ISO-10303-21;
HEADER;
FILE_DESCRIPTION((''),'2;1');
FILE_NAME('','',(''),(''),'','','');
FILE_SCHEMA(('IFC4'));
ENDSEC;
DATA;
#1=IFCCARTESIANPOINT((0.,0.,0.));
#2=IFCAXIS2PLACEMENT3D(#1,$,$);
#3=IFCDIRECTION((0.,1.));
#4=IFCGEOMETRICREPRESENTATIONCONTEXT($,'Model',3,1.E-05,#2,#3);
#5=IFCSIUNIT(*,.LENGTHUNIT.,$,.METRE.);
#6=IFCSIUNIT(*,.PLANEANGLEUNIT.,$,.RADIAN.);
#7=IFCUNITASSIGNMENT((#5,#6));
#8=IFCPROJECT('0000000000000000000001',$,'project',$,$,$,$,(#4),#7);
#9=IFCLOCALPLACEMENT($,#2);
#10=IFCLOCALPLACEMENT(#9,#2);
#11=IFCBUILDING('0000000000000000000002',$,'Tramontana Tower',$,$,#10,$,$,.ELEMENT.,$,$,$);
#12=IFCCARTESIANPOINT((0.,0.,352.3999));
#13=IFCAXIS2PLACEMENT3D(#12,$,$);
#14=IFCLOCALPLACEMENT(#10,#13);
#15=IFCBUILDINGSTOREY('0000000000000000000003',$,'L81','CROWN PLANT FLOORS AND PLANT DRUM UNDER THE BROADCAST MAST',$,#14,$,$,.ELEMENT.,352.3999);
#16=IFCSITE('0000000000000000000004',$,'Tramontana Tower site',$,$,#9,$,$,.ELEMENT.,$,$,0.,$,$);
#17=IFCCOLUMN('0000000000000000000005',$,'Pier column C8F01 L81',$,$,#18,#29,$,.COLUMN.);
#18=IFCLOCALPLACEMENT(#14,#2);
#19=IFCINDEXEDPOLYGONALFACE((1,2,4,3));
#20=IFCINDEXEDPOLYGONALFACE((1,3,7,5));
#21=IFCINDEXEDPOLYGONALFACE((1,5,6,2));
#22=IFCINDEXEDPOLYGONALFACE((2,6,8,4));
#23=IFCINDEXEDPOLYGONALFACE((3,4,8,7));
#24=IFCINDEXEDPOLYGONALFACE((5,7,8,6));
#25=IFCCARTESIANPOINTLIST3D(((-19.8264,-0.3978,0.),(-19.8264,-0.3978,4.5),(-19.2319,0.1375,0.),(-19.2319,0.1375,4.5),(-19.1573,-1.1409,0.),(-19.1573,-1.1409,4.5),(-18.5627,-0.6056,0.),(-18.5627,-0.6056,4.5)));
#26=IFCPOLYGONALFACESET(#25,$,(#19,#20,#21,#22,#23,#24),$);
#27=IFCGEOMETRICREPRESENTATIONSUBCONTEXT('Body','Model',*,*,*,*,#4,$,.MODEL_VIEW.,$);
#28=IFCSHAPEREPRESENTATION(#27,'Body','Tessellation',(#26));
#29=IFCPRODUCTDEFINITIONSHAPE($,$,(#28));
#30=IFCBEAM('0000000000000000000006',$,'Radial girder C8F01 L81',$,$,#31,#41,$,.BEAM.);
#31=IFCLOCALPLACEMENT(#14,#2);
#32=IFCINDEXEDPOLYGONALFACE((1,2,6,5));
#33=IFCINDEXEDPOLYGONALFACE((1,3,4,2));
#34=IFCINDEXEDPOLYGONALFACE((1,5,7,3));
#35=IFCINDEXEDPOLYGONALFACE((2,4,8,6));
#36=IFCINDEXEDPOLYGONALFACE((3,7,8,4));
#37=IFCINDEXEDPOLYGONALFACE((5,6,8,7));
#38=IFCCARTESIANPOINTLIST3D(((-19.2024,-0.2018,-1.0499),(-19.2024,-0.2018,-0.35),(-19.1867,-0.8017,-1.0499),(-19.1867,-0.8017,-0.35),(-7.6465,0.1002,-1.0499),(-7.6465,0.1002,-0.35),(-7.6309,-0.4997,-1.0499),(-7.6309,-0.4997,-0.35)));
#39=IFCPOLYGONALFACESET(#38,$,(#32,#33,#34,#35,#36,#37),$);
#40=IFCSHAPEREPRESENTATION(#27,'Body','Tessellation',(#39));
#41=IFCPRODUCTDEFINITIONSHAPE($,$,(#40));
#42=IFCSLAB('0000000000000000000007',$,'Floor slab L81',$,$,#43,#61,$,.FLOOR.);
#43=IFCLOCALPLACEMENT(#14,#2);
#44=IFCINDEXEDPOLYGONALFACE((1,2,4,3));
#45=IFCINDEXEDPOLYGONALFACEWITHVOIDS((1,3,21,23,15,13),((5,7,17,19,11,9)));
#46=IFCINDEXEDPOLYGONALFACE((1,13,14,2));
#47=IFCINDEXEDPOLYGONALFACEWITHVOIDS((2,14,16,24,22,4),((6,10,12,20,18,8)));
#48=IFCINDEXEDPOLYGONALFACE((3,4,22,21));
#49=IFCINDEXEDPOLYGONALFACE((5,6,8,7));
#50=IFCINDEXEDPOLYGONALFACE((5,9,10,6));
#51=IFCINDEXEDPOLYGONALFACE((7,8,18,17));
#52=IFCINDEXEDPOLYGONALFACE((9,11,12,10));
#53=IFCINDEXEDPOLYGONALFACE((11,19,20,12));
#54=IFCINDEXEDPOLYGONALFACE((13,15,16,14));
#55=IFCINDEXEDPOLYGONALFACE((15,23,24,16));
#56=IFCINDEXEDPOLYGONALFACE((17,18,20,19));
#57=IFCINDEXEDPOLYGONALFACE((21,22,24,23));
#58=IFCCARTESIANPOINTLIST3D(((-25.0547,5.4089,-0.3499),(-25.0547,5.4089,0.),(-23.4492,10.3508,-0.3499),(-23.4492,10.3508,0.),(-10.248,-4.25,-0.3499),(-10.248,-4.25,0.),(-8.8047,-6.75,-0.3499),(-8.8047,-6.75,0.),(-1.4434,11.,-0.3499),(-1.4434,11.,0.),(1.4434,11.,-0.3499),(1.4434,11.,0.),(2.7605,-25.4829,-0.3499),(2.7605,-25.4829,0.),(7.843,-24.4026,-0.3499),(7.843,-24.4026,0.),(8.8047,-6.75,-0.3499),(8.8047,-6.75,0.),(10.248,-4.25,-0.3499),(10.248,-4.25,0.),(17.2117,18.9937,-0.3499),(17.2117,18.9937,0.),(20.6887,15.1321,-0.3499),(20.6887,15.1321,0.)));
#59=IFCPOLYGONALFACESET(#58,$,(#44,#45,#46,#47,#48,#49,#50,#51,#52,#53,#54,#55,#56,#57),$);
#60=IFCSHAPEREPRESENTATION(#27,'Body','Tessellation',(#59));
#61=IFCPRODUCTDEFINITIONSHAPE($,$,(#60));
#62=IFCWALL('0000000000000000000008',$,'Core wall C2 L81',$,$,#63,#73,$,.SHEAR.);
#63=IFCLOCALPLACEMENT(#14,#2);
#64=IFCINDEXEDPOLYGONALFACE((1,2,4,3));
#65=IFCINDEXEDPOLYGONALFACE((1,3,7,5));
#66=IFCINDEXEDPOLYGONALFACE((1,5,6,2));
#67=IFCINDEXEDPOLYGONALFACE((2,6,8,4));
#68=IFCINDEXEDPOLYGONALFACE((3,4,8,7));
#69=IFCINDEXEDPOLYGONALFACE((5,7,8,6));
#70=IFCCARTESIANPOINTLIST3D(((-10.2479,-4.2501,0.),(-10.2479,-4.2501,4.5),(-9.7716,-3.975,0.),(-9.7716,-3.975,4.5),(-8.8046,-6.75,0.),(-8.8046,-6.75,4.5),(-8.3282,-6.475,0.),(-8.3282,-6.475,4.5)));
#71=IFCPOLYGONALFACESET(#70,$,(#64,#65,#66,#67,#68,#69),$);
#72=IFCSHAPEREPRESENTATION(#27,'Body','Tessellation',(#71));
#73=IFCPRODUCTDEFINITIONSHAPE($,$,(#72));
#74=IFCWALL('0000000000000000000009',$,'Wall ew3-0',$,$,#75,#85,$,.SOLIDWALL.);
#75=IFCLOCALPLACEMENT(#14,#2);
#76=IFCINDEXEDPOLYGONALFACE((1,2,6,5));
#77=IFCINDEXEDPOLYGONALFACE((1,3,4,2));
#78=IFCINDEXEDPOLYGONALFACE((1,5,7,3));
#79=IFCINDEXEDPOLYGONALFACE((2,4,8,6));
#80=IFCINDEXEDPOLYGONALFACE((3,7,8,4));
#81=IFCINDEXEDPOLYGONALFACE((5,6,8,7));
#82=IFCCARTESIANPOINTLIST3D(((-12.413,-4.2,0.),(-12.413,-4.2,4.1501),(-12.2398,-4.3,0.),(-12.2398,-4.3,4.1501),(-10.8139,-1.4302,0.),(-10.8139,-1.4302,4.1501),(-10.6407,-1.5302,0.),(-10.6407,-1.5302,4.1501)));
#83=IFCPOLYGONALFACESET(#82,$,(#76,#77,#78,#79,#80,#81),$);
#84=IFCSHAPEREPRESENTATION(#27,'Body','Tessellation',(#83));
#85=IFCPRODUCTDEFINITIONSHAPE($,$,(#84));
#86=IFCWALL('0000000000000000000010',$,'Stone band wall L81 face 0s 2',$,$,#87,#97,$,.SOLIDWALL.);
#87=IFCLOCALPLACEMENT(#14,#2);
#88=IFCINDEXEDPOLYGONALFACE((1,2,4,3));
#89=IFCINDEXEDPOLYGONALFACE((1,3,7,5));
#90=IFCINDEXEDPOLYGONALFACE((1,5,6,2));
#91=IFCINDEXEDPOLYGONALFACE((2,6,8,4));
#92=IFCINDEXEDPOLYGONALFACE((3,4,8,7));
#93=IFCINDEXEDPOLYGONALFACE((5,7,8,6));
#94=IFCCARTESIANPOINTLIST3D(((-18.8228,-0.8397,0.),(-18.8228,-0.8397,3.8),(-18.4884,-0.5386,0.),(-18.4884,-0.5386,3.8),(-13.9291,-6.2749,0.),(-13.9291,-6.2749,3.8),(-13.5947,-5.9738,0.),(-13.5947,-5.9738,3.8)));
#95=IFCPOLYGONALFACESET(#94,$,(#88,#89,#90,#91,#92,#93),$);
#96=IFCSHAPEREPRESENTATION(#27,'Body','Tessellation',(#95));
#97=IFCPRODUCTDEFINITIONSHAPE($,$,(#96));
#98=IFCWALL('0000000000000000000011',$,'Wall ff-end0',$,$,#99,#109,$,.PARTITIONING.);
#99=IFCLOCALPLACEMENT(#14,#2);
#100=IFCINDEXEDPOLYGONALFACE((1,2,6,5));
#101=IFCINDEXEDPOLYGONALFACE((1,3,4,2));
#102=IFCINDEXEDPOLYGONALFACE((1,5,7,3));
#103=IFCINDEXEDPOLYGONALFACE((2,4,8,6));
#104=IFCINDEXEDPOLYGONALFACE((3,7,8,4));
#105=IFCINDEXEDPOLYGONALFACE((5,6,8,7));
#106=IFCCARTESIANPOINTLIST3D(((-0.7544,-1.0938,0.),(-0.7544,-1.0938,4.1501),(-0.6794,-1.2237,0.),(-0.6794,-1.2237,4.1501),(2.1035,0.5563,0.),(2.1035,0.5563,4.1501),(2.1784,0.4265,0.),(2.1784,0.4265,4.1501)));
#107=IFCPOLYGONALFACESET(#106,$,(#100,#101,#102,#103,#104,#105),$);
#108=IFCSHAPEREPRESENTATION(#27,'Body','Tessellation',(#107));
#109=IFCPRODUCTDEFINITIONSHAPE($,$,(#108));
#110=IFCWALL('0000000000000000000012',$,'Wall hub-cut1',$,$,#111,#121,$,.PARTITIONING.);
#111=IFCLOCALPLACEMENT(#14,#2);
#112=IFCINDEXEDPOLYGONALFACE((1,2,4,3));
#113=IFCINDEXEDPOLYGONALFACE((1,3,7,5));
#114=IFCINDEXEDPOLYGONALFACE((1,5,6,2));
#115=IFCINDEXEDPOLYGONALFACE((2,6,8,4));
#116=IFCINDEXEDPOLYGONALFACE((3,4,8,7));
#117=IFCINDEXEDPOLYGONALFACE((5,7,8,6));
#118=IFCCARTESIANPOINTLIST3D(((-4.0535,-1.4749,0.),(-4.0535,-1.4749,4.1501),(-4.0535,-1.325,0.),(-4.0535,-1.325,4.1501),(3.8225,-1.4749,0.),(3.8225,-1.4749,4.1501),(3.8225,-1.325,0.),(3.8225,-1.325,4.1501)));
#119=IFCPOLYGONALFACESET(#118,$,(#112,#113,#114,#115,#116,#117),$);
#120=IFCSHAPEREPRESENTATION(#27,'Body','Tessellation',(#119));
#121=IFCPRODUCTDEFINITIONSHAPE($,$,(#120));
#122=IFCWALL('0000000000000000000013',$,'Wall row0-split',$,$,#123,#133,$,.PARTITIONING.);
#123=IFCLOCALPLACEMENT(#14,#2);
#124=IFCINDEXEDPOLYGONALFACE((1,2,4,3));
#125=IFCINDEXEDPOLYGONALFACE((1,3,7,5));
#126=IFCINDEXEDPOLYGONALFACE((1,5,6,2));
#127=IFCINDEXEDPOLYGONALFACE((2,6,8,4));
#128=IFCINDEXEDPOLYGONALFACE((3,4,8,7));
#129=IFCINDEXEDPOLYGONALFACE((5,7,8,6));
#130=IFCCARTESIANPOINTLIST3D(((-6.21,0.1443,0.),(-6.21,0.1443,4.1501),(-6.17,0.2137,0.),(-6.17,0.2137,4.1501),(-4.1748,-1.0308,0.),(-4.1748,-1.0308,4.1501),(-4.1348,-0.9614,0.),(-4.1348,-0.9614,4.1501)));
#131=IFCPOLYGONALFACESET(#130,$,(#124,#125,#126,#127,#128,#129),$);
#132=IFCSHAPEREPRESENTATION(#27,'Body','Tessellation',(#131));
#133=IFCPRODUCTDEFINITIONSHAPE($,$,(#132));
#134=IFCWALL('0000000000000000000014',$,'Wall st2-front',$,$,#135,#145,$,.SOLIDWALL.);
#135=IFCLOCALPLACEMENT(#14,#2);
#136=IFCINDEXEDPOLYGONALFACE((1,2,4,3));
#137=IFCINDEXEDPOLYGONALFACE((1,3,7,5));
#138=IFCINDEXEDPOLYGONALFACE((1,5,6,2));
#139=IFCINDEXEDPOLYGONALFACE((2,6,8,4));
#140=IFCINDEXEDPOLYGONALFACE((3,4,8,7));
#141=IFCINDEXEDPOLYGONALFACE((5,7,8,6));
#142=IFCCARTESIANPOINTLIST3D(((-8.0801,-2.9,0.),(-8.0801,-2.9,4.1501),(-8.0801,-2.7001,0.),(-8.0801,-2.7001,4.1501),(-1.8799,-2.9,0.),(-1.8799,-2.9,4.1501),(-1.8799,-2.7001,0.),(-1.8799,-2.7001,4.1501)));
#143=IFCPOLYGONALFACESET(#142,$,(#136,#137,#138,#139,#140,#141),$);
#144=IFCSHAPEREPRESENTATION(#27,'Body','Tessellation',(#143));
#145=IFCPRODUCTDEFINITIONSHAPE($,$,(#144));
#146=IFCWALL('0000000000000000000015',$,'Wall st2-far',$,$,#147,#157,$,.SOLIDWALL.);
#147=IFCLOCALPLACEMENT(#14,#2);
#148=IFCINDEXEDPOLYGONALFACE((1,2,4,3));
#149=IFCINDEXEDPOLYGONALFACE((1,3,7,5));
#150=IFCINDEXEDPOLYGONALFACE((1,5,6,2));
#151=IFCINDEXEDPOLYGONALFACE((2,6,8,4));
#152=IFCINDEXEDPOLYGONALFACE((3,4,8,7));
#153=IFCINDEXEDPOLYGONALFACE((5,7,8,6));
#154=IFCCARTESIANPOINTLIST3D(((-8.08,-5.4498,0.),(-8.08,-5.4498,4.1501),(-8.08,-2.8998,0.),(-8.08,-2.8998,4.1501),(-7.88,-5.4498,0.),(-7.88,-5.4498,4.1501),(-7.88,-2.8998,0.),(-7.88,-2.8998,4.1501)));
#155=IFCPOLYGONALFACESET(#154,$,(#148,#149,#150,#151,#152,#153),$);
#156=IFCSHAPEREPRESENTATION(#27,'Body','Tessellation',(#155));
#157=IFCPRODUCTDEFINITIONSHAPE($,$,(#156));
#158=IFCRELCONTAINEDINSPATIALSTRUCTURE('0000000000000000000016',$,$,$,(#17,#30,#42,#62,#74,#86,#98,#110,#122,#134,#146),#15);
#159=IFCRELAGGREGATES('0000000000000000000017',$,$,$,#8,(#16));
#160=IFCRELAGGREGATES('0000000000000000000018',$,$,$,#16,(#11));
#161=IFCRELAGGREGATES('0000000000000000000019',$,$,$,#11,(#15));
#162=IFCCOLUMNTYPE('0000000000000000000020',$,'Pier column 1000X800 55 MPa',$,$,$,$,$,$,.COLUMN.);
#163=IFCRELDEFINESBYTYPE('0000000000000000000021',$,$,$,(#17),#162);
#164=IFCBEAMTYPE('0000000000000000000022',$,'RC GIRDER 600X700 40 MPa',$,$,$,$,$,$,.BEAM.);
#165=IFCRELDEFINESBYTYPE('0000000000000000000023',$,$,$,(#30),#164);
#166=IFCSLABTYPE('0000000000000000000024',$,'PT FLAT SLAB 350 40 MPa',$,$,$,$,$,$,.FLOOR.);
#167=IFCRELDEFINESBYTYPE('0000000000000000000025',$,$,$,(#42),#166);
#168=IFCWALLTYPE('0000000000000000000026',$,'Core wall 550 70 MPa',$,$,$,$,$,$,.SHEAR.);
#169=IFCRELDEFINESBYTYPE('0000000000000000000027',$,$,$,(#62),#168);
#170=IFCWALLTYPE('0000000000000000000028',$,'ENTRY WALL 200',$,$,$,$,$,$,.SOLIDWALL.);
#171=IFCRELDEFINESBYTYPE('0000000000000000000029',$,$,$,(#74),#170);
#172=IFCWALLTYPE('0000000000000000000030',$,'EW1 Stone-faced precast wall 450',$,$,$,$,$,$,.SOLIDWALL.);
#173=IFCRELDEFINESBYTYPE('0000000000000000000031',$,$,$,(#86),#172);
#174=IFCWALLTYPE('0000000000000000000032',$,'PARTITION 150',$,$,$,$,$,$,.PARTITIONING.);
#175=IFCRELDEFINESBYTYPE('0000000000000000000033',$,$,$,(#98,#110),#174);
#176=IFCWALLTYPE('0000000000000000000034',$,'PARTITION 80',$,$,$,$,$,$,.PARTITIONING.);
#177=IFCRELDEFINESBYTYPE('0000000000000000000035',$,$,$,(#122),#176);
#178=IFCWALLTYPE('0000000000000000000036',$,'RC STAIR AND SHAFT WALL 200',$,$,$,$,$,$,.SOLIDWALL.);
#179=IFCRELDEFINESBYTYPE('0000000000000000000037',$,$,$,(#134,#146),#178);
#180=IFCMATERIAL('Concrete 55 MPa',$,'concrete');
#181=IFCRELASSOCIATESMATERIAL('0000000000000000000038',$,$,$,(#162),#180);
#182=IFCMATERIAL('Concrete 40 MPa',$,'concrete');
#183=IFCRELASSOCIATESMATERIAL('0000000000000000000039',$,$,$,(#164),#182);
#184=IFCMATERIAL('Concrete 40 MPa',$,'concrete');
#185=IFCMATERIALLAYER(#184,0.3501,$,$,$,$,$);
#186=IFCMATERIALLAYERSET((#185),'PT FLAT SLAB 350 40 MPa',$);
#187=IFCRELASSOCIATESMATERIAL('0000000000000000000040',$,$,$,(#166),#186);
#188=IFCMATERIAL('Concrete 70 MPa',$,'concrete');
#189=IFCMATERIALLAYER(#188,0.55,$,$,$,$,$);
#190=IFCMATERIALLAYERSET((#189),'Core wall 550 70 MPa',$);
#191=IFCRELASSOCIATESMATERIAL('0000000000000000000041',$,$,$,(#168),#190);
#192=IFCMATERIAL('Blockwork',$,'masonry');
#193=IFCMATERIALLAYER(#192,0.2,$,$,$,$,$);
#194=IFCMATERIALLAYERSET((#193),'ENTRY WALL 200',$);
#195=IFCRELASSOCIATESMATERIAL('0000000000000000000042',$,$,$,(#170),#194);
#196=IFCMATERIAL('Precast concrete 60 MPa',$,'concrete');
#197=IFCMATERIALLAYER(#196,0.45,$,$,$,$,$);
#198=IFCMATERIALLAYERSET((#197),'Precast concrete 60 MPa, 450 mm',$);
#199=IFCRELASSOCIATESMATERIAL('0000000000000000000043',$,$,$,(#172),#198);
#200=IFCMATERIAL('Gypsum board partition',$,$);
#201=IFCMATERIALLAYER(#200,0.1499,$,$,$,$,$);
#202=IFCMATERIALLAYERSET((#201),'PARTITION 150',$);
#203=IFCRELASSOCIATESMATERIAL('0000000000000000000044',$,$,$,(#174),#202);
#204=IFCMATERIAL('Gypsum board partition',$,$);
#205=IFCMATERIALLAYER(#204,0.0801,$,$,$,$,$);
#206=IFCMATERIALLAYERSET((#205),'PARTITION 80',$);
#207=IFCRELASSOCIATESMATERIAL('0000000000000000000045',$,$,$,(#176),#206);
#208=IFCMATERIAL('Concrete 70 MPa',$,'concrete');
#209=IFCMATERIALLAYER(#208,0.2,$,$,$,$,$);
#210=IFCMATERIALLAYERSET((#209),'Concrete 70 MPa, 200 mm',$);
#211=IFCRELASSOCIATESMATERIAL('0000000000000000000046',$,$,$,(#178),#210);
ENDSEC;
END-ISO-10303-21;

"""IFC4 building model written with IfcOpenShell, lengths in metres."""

from ifc_helpers import new_model, si_unit, direction, frame, frame_2d, origin, origin_2d, place, context, subcontext, project, spatial, polyline, rectangle, outline, extrude, material, layer, layer_set, material_profile, profile_set, type_object, element, save


model = new_model("IFC4")

# Units and contexts
model_context = context("Model", 3, precision=1e-05, world=origin(), true_north=direction((0.0, 1.0)))
body_context = subcontext(model_context, "Body", "Model", "MODEL_VIEW")
ifc_project = project(units=[si_unit("LENGTHUNIT", "METRE"), si_unit("PLANEANGLEUNIT", "RADIAN")], contexts=[model_context])

# Site, building, storey
site_placement = place(None, origin())
site = spatial("IfcSite", under=ifc_project, at=site_placement, Name="Tramontana Tower site", CompositionType="ELEMENT", RefElevation=0.0)
building_placement = place(site_placement, origin())
building = spatial("IfcBuilding", under=site, at=building_placement, Name="Tramontana Tower", CompositionType="ELEMENT")
storey_placement = place(building_placement, frame((0.0, 0.0, 352.3999)))
storey = spatial("IfcBuildingStorey", under=building, at=storey_placement, Name="L81", Description="CROWN PLANT FLOORS AND PLANT DRUM UNDER THE BROADCAST MAST", CompositionType="ELEMENT", Elevation=352.3999)

# Column
ifc_material_1 = material(Name="Concrete 55 MPa", Category="concrete")
ifc_material_profile_1 = material_profile(ifc_material_1, rectangle(XDim=1.0, YDim=0.8, at=origin_2d()), Name="Pier column 1000X800 55 MPa")
ifc_profile_set_1 = profile_set([ifc_material_profile_1], Name="Concrete 55 MPa")
column_type = type_object("IfcColumnType", Name="Pier column 1000X800 55 MPa", PredefinedType="COLUMN", material=ifc_profile_set_1)
column_placement = place(storey_placement, frame((-19.1946, -0.5017, 0.0), z_axis=(0.0, 0.0, 1.0), x_axis=(0.669131, -0.743145, 0.0)))
element("IfcColumn", 1, at=column_placement, inside=storey, type_object=column_type, Name="Pier column C8F01 L81", PredefinedType="COLUMN", context=body_context, shape_type="SweptSolid", body=[
    extrude(rectangle(XDim=1.0, YDim=0.8, at=origin_2d()), origin(), (0.0, 0.0, 1.0), 4.5),
])

# Beam
ifc_material_2 = material(Name="Concrete 40 MPa", Category="concrete")
ifc_material_profile_2 = material_profile(ifc_material_2, rectangle(XDim=0.6001, YDim=0.7, at=origin_2d()), Name="RC GIRDER 600X700 40 MPa")
ifc_profile_set_2 = profile_set([ifc_material_profile_2], Name="Concrete 40 MPa")
beam_type = type_object("IfcBeamType", Name="RC GIRDER 600X700 40 MPa", PredefinedType="BEAM", material=ifc_profile_set_2)
beam_placement = place(storey_placement, frame((-19.1946, -0.5017, -0.7), z_axis=(0.999659, 0.026125, 0.0), x_axis=(-0.026125, 0.999659, 0.0)))
element("IfcBeam", 2, at=beam_placement, inside=storey, type_object=beam_type, Name="Radial girder C8F01 L81", PredefinedType="BEAM", context=body_context, shape_type="SweptSolid", body=[
    extrude(rectangle(XDim=0.6001, YDim=0.7, at=origin_2d()), origin(), (0.0, 0.0, 1.0), 11.5598),
])

# Slab
ifc_material_3 = material(Name="Concrete 40 MPa", Category="concrete")
ifc_layer_1 = layer(ifc_material_3, 0.3501)
ifc_layer_set_1 = layer_set([ifc_layer_1], Name="PT FLAT SLAB 350 40 MPa")
slab_type = type_object("IfcSlabType", Name="PT FLAT SLAB 350 40 MPa", PredefinedType="FLOOR", material=ifc_layer_set_1)
slab_placement = place(storey_placement, frame((0.0, 0.0, -0.3499)))
element("IfcSlab", 3, at=slab_placement, inside=storey, type_object=slab_type, Name="Floor slab L81", PredefinedType="FLOOR", context=body_context, shape_type="SweptSolid", body=[
    extrude(outline(polyline([(20.6887, 15.1321), (7.843, -24.4026), (2.7605, -25.4829), (-25.0547, 5.4089), (-23.4492, 10.3508), (17.2117, 18.9937), (20.6887, 15.1321)]), holes=[polyline([(-10.248, -4.25), (-8.8047, -6.75), (8.8047, -6.75), (10.248, -4.25), (1.4434, 11.0), (-1.4434, 11.0), (-10.248, -4.25)])]), origin(), (0.0, 0.0, 1.0), 0.3499),
])

# Walls
ifc_material_4 = material(Name="Concrete 70 MPa", Category="concrete")
ifc_layer_2 = layer(ifc_material_4, 0.55)
ifc_layer_set_2 = layer_set([ifc_layer_2], Name="Core wall 550 70 MPa")
wall_type_1 = type_object("IfcWallType", Name="Core wall 550 70 MPa", PredefinedType="SHEAR", material=ifc_layer_set_2)
wall_1_placement = place(storey_placement, frame((-10.0098, -4.1125, 0.0), z_axis=(0.0, 0.0, 1.0), x_axis=(0.499996, -0.866028, 0.0)))
element("IfcWall", 4, at=wall_1_placement, inside=storey, type_object=wall_type_1, Name="Core wall C2 L81", PredefinedType="SHEAR", context=body_context, shape_type="SweptSolid", body=[
    extrude(rectangle(XDim=2.8867, YDim=0.55, at=frame_2d((1.4434, 0.0))), origin(), (0.0, 0.0, 1.0), 4.5),
])
ifc_material_5 = material(Name="Blockwork", Category="masonry")
ifc_layer_3 = layer(ifc_material_5, 0.2)
ifc_layer_set_3 = layer_set([ifc_layer_3], Name="ENTRY WALL 200")
wall_type_2 = type_object("IfcWallType", Name="ENTRY WALL 200", PredefinedType="SOLIDWALL", material=ifc_layer_set_3)
wall_2_placement = place(storey_placement, frame((-12.3264, -4.25, 0.0), z_axis=(0.0, 0.0, 1.0), x_axis=(0.499998, 0.866027, 0.0)))
element("IfcWall", 5, at=wall_2_placement, inside=storey, type_object=wall_type_2, Name="Wall ew3-0", PredefinedType="SOLIDWALL", context=body_context, shape_type="SweptSolid", body=[
    extrude(rectangle(XDim=3.1982, YDim=0.2, at=frame_2d((1.5991, 0.0))), origin(), (0.0, 0.0, 1.0), 4.1501),
])

# Wall
ifc_material_6 = material(Name="Precast concrete 60 MPa", Category="concrete")
ifc_layer_4 = layer(ifc_material_6, 0.45)
ifc_layer_set_4 = layer_set([ifc_layer_4], Name="Precast concrete 60 MPa, 450 mm")
wall_type_3 = type_object("IfcWallType", Name="EW1 Stone-faced precast wall 450", PredefinedType="SOLIDWALL", material=ifc_layer_set_4)
wall_3_placement = place(storey_placement, frame((-18.6555, -0.6892, 0.0), z_axis=(0.0, 0.0, 1.0), x_axis=(0.669118, -0.743156, 0.0)))
element("IfcWall", 6, at=wall_3_placement, inside=storey, type_object=wall_type_3, Name="Stone band wall L81 face 0s 2", PredefinedType="SOLIDWALL", context=body_context, shape_type="SweptSolid", body=[
    extrude(rectangle(XDim=7.3137, YDim=0.45, at=frame_2d((3.6567, 0.0))), origin(), (0.0, 0.0, 1.0), 3.8),
])

# Shared definitions
ifc_material_7 = material(Name="Gypsum board partition")
ifc_layer_5 = layer(ifc_material_7, 0.1499)
ifc_layer_set_5 = layer_set([ifc_layer_5], Name="PARTITION 150")
wall_type_4 = type_object("IfcWallType", Name="PARTITION 150", PredefinedType="PARTITIONING", material=ifc_layer_set_5)

# Walls
wall_4_placement = place(storey_placement, frame((-0.7168, -1.1587, 0.0), z_axis=(0.0, 0.0, 1.0), x_axis=(0.866008, 0.50003, 0.0)))
element("IfcWall", 7, at=wall_4_placement, inside=storey, type_object=wall_type_4, Name="Wall ff-end0", PredefinedType="PARTITIONING", context=body_context, shape_type="SweptSolid", body=[
    extrude(rectangle(XDim=3.3, YDim=0.1499, at=frame_2d((1.6499, 0.0))), origin(), (0.0, 0.0, 1.0), 4.1501),
])
wall_5_placement = place(storey_placement, frame((-4.0535, -1.3999, 0.0), z_axis=(0.0, 0.0, 1.0), x_axis=(1.0, 0.0, 0.0)))
element("IfcWall", 8, at=wall_5_placement, inside=storey, type_object=wall_type_4, Name="Wall hub-cut1", PredefinedType="PARTITIONING", context=body_context, shape_type="SweptSolid", body=[
    extrude(rectangle(XDim=7.876, YDim=0.1499, at=frame_2d((3.938, 0.0))), origin(), (0.0, 0.0, 1.0), 4.1501),
])
ifc_material_8 = material(Name="Gypsum board partition")
ifc_layer_6 = layer(ifc_material_8, 0.0801)
ifc_layer_set_6 = layer_set([ifc_layer_6], Name="PARTITION 80")
wall_type_5 = type_object("IfcWallType", Name="PARTITION 80", PredefinedType="PARTITIONING", material=ifc_layer_set_6)
wall_6_placement = place(storey_placement, frame((-4.1548, -0.9961, 0.0), z_axis=(0.0, 0.0, 1.0), x_axis=(-0.866016, 0.500016, 0.0)))
element("IfcWall", 9, at=wall_6_placement, inside=storey, type_object=wall_type_5, Name="Wall row0-split", PredefinedType="PARTITIONING", context=body_context, shape_type="SweptSolid", body=[
    extrude(rectangle(XDim=2.3501, YDim=0.0801, at=frame_2d((1.175, 0.0))), origin(), (0.0, 0.0, 1.0), 4.1501),
])
ifc_material_9 = material(Name="Concrete 70 MPa", Category="concrete")
ifc_layer_7 = layer(ifc_material_9, 0.2)
ifc_layer_set_7 = layer_set([ifc_layer_7], Name="Concrete 70 MPa, 200 mm")
wall_type_6 = type_object("IfcWallType", Name="RC STAIR AND SHAFT WALL 200", PredefinedType="SOLIDWALL", material=ifc_layer_set_7)
wall_7_placement = place(storey_placement, frame((-8.0801, -2.8, 0.0), z_axis=(0.0, 0.0, 1.0), x_axis=(1.0, 0.0, 0.0)))
element("IfcWall", 10, at=wall_7_placement, inside=storey, type_object=wall_type_6, Name="Wall st2-front", PredefinedType="SOLIDWALL", context=body_context, shape_type="SweptSolid", body=[
    extrude(rectangle(XDim=6.2002, YDim=0.2, at=frame_2d((3.1001, 0.0))), origin(), (0.0, 0.0, 1.0), 4.1501),
])
wall_8_placement = place(storey_placement, frame((-7.98, -2.8999, 0.0), z_axis=(0.0, 0.0, 1.0), x_axis=(0.0, -1.0, 0.0)))
element("IfcWall", 11, at=wall_8_placement, inside=storey, type_object=wall_type_6, Name="Wall st2-far", PredefinedType="SOLIDWALL", context=body_context, shape_type="SweptSolid", body=[
    extrude(rectangle(XDim=2.55, YDim=0.2, at=frame_2d((1.2749, 0.0))), origin(), (0.0, 0.0, 1.0), 4.1501),
])

save(model, "model.ifc")
